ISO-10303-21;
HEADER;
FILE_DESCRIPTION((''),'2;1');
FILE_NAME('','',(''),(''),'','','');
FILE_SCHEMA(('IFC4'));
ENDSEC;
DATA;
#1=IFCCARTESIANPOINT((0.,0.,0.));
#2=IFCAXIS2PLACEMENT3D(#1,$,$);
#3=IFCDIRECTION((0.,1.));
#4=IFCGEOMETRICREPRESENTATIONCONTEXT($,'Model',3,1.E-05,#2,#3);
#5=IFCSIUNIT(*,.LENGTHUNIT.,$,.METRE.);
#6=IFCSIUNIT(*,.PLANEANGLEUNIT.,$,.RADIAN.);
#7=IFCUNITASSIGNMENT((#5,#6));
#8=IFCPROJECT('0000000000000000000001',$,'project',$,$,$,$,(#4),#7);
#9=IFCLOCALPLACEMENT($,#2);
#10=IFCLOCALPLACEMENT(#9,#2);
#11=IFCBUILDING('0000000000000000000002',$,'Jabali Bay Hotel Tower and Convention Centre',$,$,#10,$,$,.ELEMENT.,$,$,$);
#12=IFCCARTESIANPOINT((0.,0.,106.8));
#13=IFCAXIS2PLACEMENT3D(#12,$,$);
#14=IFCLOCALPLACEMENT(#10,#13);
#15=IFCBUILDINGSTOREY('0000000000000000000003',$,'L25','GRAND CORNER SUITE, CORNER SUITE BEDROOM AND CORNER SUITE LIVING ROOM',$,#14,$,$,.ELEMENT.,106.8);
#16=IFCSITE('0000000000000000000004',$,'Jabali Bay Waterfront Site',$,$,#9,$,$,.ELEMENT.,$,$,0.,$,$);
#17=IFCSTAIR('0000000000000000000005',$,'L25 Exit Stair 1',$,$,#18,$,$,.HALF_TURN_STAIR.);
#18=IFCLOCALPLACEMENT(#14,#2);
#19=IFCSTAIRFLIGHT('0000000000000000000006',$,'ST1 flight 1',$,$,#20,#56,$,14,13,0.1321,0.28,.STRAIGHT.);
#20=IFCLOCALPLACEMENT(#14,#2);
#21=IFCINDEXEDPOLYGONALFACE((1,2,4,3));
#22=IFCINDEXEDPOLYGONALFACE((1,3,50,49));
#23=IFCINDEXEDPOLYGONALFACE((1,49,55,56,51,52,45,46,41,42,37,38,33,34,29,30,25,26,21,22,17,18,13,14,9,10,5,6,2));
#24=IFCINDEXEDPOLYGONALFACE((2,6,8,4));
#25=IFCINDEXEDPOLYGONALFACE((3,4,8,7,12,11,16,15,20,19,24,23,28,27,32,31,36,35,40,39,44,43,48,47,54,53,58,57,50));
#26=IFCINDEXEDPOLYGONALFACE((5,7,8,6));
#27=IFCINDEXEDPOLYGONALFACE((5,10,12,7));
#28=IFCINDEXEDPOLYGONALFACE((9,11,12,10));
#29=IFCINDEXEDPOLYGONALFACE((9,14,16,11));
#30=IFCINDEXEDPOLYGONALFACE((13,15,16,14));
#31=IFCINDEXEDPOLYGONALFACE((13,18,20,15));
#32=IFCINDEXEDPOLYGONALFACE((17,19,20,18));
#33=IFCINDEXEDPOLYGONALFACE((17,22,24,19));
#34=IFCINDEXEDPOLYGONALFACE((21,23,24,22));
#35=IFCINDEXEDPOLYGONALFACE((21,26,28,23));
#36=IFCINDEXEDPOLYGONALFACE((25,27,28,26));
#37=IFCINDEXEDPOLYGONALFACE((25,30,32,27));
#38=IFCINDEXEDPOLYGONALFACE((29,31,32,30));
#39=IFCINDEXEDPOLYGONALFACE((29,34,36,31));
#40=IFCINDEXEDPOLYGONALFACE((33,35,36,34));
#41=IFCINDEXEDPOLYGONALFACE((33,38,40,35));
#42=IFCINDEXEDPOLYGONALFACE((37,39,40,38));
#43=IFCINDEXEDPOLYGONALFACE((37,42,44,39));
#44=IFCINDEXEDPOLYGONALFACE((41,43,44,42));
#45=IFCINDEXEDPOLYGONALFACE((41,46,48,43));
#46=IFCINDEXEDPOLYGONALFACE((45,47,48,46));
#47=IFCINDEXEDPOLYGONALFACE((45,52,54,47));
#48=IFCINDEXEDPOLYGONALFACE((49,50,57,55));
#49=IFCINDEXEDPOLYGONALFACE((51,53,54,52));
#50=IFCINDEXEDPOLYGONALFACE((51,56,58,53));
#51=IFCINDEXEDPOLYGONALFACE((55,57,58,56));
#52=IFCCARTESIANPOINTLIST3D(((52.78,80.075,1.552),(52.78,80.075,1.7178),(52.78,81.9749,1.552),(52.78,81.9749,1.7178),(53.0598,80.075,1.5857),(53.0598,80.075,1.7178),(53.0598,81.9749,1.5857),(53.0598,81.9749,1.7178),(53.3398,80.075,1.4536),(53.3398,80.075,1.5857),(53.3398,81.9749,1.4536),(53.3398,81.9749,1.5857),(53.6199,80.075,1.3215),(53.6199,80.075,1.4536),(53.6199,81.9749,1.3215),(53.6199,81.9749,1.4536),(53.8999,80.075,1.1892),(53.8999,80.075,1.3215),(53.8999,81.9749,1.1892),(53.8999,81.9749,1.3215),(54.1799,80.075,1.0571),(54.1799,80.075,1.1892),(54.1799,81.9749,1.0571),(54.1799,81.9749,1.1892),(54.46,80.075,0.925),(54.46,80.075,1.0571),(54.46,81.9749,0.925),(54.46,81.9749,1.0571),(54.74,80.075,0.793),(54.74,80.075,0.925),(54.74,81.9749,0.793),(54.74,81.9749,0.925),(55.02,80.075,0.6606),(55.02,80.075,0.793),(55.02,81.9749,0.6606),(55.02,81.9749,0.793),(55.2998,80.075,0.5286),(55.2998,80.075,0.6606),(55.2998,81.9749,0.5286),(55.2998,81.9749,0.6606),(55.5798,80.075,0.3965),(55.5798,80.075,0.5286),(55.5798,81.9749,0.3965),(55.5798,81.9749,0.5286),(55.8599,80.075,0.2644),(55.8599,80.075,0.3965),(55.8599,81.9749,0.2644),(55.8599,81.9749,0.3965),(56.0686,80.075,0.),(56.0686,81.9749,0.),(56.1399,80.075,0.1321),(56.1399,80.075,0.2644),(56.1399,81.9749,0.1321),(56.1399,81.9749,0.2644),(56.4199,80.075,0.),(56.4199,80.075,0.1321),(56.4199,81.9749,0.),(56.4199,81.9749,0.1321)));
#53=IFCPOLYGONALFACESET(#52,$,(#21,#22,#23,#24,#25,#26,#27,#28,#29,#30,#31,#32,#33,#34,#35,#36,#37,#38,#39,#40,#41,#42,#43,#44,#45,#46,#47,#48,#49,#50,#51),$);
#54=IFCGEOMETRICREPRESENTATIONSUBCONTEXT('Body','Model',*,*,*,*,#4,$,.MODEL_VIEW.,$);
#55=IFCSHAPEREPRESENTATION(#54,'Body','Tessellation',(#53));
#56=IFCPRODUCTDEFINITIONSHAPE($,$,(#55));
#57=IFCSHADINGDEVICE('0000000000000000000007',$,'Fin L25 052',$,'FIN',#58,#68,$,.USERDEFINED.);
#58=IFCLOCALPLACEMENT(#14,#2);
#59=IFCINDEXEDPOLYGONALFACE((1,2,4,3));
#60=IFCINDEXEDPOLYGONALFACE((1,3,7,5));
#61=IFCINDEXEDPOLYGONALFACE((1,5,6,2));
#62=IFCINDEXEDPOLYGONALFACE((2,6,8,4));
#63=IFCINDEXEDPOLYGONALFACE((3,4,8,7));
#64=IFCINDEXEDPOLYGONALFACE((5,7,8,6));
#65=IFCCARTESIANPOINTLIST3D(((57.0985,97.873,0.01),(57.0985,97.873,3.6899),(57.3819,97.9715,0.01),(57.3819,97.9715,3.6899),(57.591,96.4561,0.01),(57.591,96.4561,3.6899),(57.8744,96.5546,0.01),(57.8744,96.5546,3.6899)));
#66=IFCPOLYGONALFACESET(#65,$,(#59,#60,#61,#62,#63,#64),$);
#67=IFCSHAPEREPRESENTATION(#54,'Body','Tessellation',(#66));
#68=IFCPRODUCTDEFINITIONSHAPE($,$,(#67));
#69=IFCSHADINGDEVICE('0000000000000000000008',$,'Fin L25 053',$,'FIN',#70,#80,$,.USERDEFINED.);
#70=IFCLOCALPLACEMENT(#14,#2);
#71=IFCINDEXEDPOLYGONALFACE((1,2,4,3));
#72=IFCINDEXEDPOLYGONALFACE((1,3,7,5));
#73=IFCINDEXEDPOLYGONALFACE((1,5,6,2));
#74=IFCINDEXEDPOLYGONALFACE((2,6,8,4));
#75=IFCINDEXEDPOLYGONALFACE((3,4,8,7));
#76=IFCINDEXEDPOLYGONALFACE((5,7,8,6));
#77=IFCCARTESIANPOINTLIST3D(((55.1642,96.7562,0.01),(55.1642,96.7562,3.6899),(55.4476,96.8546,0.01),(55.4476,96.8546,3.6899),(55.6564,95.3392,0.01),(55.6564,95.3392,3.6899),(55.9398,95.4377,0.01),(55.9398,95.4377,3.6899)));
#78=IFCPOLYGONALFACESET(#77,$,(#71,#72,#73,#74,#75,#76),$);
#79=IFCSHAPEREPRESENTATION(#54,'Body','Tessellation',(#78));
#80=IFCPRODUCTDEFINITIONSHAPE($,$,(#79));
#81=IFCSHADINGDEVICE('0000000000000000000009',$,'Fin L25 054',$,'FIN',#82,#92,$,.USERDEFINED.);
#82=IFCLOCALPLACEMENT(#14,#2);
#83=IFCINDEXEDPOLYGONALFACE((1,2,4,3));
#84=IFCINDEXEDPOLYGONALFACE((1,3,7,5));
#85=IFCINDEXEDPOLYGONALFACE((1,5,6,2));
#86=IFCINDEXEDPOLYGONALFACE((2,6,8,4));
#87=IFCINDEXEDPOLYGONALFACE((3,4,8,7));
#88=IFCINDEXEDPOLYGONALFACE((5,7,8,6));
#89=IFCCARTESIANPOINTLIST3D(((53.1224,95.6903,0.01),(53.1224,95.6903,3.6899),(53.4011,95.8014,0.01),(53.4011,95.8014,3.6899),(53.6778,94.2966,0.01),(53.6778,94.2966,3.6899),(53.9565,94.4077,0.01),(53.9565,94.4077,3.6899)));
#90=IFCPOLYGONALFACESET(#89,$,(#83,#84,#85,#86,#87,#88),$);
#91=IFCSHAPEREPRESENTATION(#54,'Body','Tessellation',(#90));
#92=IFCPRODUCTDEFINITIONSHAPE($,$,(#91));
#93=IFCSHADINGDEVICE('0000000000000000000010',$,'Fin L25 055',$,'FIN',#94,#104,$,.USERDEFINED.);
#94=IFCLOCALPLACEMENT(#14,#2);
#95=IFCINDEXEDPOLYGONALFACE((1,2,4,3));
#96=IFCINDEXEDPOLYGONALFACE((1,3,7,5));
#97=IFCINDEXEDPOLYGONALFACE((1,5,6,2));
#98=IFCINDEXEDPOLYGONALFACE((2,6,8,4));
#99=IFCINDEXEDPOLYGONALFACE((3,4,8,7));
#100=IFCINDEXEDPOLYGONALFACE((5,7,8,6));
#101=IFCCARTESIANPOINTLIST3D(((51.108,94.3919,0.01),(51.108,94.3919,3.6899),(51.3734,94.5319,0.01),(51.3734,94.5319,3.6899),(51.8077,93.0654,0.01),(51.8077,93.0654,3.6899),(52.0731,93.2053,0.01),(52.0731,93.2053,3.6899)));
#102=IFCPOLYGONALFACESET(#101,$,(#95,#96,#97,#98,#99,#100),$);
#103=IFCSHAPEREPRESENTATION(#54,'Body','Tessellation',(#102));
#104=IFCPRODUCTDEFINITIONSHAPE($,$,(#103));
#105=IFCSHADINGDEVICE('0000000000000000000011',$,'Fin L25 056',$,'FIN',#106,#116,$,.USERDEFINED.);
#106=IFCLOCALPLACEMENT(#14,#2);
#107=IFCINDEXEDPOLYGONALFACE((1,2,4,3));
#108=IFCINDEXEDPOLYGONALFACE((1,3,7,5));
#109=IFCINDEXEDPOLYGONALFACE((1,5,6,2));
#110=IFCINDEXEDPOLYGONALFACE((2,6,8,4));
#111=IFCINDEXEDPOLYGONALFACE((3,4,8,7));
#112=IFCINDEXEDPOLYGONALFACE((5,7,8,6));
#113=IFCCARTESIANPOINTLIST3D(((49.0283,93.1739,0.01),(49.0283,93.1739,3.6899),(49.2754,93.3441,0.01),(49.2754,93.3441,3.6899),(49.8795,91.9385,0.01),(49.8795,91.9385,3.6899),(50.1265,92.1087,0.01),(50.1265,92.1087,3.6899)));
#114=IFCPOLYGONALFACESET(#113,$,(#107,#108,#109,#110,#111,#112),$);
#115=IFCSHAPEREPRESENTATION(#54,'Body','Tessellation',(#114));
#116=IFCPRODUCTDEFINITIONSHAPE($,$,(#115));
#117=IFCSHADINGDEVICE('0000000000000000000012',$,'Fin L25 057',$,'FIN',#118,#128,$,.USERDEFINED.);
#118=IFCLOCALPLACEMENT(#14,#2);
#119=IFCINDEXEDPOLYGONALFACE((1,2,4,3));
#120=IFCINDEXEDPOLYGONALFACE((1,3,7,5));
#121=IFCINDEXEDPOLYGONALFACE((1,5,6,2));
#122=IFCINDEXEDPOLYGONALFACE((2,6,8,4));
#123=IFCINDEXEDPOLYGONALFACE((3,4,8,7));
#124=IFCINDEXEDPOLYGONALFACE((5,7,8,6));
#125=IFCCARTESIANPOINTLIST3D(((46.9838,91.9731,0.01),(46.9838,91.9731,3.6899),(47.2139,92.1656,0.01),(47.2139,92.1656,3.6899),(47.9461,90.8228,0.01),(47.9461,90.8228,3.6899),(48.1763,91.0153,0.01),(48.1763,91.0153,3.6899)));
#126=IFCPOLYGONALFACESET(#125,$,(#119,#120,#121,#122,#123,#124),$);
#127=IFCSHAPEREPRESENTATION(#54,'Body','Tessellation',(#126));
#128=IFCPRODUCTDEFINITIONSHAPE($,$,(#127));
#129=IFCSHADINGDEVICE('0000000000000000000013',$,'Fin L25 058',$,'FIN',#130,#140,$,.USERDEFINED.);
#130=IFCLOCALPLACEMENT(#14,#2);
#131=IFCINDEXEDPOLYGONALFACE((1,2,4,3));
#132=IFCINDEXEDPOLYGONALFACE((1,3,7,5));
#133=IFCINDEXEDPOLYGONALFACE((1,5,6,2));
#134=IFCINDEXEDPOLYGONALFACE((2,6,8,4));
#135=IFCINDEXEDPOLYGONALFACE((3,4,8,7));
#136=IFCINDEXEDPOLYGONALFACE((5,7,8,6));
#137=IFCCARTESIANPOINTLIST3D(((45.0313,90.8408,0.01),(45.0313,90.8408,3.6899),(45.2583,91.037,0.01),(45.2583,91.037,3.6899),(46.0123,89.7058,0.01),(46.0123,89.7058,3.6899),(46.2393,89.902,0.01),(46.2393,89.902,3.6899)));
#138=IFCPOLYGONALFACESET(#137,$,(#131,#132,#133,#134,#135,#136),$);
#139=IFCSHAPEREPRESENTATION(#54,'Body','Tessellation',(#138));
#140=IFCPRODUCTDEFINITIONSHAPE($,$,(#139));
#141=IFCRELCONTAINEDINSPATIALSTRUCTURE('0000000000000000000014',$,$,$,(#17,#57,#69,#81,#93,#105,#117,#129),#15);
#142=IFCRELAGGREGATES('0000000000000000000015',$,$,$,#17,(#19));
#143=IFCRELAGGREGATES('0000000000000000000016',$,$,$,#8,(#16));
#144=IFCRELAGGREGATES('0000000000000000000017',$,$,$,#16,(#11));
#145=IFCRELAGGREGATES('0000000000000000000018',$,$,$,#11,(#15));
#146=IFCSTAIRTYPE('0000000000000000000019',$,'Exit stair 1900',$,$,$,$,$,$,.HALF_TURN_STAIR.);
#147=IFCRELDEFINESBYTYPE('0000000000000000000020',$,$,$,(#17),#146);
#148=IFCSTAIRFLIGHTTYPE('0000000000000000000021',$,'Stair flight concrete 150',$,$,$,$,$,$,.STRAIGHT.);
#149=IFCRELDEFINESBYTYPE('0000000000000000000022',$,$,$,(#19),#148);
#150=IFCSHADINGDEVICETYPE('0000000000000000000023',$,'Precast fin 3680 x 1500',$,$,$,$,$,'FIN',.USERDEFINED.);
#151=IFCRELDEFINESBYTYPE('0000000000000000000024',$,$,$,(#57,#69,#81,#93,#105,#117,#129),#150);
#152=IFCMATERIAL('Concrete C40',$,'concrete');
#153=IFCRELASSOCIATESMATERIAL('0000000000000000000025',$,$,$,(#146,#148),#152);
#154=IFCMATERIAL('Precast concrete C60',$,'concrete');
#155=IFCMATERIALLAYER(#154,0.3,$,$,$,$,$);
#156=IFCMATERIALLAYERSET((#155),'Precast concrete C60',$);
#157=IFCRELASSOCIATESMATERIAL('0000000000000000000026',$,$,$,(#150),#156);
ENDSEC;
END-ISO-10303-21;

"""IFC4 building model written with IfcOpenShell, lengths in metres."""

from ifc_helpers import new_model, si_unit, direction, frame, frame_2d, origin, place, context, subcontext, project, spatial, polyline, rectangle, outline, extrude, material, layer, layer_set, type_object, element, aggregate, save


model = new_model("IFC4")

# Units and contexts
model_context = context("Model", 3, precision=1e-05, world=origin(), true_north=direction((0.0, 1.0)))
body_context = subcontext(model_context, "Body", "Model", "MODEL_VIEW")
ifc_project = project(units=[si_unit("LENGTHUNIT", "METRE"), si_unit("PLANEANGLEUNIT", "RADIAN")], contexts=[model_context])

# Site, building, storey
site_placement = place(None, origin())
site = spatial("IfcSite", under=ifc_project, at=site_placement, Name="Jabali Bay Waterfront Site", CompositionType="ELEMENT", RefElevation=0.0)
building_placement = place(site_placement, origin())
building = spatial("IfcBuilding", under=site, at=building_placement, Name="Jabali Bay Hotel Tower and Convention Centre", CompositionType="ELEMENT")
storey_placement = place(building_placement, frame((0.0, 0.0, 106.8)))
storey = spatial("IfcBuildingStorey", under=building, at=storey_placement, Name="L25", Description="GRAND CORNER SUITE, CORNER SUITE BEDROOM AND CORNER SUITE LIVING ROOM", CompositionType="ELEMENT", Elevation=106.8)

# Shared definitions
ifc_material_1 = material(Name="Concrete C40", Category="concrete")

# Stair, stair flight
stair_type = type_object("IfcStairType", Name="Exit stair 1900", PredefinedType="HALF_TURN_STAIR", material=ifc_material_1)
stair_placement = place(storey_placement, origin())
stair = element("IfcStair", 1, at=stair_placement, inside=storey, type_object=stair_type, Name="L25 Exit Stair 1", PredefinedType="HALF_TURN_STAIR")
stair_flight_type = type_object("IfcStairFlightType", Name="Stair flight concrete 150", PredefinedType="STRAIGHT", material=ifc_material_1)
stair_flight_placement = place(storey_placement, frame((56.4199, 81.0249, 0.0), z_axis=(0.0, 0.0, 1.0), x_axis=(-1.0, 0.0, 0.0)))
stair_flight = element("IfcStairFlight", 2, at=stair_flight_placement, type_object=stair_flight_type, Name="ST1 flight 1", NumberOfRisers=14, NumberOfTreads=13, PredefinedType="STRAIGHT", RiserHeight=0.1321, TreadLength=0.28, context=body_context, shape_type="SweptSolid", body=[
    extrude(outline(polyline([(0.0, 0.0), (0.0, 0.1321), (0.28, 0.1321), (0.28, 0.2644), (0.5601, 0.2644), (0.5601, 0.3965), (0.8401, 0.3965), (0.8401, 0.5286), (1.1201, 0.5286), (1.1201, 0.6606), (1.3999, 0.6606), (1.3999, 0.793), (1.6799, 0.793), (1.6799, 0.925), (1.96, 0.925), (1.96, 1.0571), (2.24, 1.0571), (2.24, 1.1892), (2.52, 1.1892), (2.52, 1.3215), (2.8, 1.3215), (2.8, 1.4536), (3.0801, 1.4536), (3.0801, 1.5857), (3.3601, 1.5857), (3.3601, 1.7178), (3.6399, 1.7178), (3.6399, 1.8501), (3.6399, 1.552), (0.3513, 0.0), (0.0, 0.0)])), frame((0.0, 0.95, 0.0), z_axis=(0.0, -1.0, 0.0), x_axis=(1.0, 0.0, 0.0)), (0.0, 0.0, 1.0), 1.8999),
])
aggregate(stair, [stair_flight])

# Shading devices
ifc_material_2 = material(Name="Precast concrete C60", Category="concrete")
ifc_layer_1 = layer(ifc_material_2, 0.3)
ifc_layer_set_1 = layer_set([ifc_layer_1], Name="Precast concrete C60")
shading_device_type = type_object("IfcShadingDeviceType", Name="Precast fin 3680 x 1500", ElementType="FIN", PredefinedType="USERDEFINED", material=ifc_layer_set_1)
for number, where, z_axis, x_axis, name in (
    (3, (57.7327, 96.5054, 0.01), (0.0, 0.0, 1.0), (-0.328312, 0.944569, 0.0), "Fin L25 052"),
    (4, (55.7981, 95.3884, 0.01), (0.0, 0.0, 1.0), (-0.328117, 0.944637, 0.0), "Fin L25 053"),
):
    element("IfcShadingDevice", number, at=place(storey_placement, frame(where, z_axis=z_axis, x_axis=x_axis)), inside=storey, type_object=shading_device_type, Name=name, ObjectType="FIN", PredefinedType="USERDEFINED", context=body_context, shape_type="SweptSolid", body=[
        extrude(rectangle(XDim=1.5, YDim=0.3, at=frame_2d((0.75, 0.0))), origin(), (0.0, 0.0, 1.0), 3.6799),
    ])
shading_device_1_placement = place(storey_placement, frame((53.8171, 94.3523, 0.01), z_axis=(0.0, 0.0, 1.0), x_axis=(-0.37024, 0.928936, 0.0)))
element("IfcShadingDevice", 5, at=shading_device_1_placement, inside=storey, type_object=shading_device_type, Name="Fin L25 054", ObjectType="FIN", PredefinedType="USERDEFINED", context=body_context, shape_type="SweptSolid", body=[
    extrude(rectangle(XDim=1.5002, YDim=0.3, at=frame_2d((0.75, 0.0))), origin(), (0.0, 0.0, 1.0), 3.6799),
])
shading_device_2_placement = place(storey_placement, frame((51.9404, 93.1353, 0.01), z_axis=(0.0, 0.0, 1.0), x_axis=(-0.466511, 0.884515, 0.0)))
element("IfcShadingDevice", 6, at=shading_device_2_placement, inside=storey, type_object=shading_device_type, Name="Fin L25 055", ObjectType="FIN", PredefinedType="USERDEFINED", context=body_context, shape_type="SweptSolid", body=[
    extrude(rectangle(XDim=1.4998, YDim=0.3, at=frame_2d((0.75, 0.0))), origin(), (0.0, 0.0, 1.0), 3.6799),
])
shading_device_3_placement = place(storey_placement, frame((50.0029, 92.0237, 0.01), z_axis=(0.0, 0.0, 1.0), x_axis=(-0.56733, 0.823491, 0.0)))
element("IfcShadingDevice", 7, at=shading_device_3_placement, inside=storey, type_object=shading_device_type, Name="Fin L25 056", ObjectType="FIN", PredefinedType="USERDEFINED", context=body_context, shape_type="SweptSolid", body=[
    extrude(rectangle(XDim=1.5002, YDim=0.3, at=frame_2d((0.75, 0.0))), origin(), (0.0, 0.0, 1.0), 3.6799),
])
shading_device_4_placement = place(storey_placement, frame((48.0613, 90.9189, 0.01), z_axis=(0.0, 0.0, 1.0), x_axis=(-0.641656, 0.766992, 0.0)))
element("IfcShadingDevice", 8, at=shading_device_4_placement, inside=storey, type_object=shading_device_type, Name="Fin L25 057", ObjectType="FIN", PredefinedType="USERDEFINED", context=body_context, shape_type="SweptSolid", body=[
    extrude(rectangle(XDim=1.4998, YDim=0.3, at=frame_2d((0.75, 0.0))), origin(), (0.0, 0.0, 1.0), 3.6799),
])
shading_device_5_placement = place(storey_placement, frame((46.1257, 89.804, 0.01), z_axis=(0.0, 0.0, 1.0), x_axis=(-0.653895, 0.756585, 0.0)))
element("IfcShadingDevice", 9, at=shading_device_5_placement, inside=storey, type_object=shading_device_type, Name="Fin L25 058", ObjectType="FIN", PredefinedType="USERDEFINED", context=body_context, shape_type="SweptSolid", body=[
    extrude(rectangle(XDim=1.5002, YDim=0.3, at=frame_2d((0.75, 0.0))), origin(), (0.0, 0.0, 1.0), 3.6799),
])

save(model, "model.ifc")
